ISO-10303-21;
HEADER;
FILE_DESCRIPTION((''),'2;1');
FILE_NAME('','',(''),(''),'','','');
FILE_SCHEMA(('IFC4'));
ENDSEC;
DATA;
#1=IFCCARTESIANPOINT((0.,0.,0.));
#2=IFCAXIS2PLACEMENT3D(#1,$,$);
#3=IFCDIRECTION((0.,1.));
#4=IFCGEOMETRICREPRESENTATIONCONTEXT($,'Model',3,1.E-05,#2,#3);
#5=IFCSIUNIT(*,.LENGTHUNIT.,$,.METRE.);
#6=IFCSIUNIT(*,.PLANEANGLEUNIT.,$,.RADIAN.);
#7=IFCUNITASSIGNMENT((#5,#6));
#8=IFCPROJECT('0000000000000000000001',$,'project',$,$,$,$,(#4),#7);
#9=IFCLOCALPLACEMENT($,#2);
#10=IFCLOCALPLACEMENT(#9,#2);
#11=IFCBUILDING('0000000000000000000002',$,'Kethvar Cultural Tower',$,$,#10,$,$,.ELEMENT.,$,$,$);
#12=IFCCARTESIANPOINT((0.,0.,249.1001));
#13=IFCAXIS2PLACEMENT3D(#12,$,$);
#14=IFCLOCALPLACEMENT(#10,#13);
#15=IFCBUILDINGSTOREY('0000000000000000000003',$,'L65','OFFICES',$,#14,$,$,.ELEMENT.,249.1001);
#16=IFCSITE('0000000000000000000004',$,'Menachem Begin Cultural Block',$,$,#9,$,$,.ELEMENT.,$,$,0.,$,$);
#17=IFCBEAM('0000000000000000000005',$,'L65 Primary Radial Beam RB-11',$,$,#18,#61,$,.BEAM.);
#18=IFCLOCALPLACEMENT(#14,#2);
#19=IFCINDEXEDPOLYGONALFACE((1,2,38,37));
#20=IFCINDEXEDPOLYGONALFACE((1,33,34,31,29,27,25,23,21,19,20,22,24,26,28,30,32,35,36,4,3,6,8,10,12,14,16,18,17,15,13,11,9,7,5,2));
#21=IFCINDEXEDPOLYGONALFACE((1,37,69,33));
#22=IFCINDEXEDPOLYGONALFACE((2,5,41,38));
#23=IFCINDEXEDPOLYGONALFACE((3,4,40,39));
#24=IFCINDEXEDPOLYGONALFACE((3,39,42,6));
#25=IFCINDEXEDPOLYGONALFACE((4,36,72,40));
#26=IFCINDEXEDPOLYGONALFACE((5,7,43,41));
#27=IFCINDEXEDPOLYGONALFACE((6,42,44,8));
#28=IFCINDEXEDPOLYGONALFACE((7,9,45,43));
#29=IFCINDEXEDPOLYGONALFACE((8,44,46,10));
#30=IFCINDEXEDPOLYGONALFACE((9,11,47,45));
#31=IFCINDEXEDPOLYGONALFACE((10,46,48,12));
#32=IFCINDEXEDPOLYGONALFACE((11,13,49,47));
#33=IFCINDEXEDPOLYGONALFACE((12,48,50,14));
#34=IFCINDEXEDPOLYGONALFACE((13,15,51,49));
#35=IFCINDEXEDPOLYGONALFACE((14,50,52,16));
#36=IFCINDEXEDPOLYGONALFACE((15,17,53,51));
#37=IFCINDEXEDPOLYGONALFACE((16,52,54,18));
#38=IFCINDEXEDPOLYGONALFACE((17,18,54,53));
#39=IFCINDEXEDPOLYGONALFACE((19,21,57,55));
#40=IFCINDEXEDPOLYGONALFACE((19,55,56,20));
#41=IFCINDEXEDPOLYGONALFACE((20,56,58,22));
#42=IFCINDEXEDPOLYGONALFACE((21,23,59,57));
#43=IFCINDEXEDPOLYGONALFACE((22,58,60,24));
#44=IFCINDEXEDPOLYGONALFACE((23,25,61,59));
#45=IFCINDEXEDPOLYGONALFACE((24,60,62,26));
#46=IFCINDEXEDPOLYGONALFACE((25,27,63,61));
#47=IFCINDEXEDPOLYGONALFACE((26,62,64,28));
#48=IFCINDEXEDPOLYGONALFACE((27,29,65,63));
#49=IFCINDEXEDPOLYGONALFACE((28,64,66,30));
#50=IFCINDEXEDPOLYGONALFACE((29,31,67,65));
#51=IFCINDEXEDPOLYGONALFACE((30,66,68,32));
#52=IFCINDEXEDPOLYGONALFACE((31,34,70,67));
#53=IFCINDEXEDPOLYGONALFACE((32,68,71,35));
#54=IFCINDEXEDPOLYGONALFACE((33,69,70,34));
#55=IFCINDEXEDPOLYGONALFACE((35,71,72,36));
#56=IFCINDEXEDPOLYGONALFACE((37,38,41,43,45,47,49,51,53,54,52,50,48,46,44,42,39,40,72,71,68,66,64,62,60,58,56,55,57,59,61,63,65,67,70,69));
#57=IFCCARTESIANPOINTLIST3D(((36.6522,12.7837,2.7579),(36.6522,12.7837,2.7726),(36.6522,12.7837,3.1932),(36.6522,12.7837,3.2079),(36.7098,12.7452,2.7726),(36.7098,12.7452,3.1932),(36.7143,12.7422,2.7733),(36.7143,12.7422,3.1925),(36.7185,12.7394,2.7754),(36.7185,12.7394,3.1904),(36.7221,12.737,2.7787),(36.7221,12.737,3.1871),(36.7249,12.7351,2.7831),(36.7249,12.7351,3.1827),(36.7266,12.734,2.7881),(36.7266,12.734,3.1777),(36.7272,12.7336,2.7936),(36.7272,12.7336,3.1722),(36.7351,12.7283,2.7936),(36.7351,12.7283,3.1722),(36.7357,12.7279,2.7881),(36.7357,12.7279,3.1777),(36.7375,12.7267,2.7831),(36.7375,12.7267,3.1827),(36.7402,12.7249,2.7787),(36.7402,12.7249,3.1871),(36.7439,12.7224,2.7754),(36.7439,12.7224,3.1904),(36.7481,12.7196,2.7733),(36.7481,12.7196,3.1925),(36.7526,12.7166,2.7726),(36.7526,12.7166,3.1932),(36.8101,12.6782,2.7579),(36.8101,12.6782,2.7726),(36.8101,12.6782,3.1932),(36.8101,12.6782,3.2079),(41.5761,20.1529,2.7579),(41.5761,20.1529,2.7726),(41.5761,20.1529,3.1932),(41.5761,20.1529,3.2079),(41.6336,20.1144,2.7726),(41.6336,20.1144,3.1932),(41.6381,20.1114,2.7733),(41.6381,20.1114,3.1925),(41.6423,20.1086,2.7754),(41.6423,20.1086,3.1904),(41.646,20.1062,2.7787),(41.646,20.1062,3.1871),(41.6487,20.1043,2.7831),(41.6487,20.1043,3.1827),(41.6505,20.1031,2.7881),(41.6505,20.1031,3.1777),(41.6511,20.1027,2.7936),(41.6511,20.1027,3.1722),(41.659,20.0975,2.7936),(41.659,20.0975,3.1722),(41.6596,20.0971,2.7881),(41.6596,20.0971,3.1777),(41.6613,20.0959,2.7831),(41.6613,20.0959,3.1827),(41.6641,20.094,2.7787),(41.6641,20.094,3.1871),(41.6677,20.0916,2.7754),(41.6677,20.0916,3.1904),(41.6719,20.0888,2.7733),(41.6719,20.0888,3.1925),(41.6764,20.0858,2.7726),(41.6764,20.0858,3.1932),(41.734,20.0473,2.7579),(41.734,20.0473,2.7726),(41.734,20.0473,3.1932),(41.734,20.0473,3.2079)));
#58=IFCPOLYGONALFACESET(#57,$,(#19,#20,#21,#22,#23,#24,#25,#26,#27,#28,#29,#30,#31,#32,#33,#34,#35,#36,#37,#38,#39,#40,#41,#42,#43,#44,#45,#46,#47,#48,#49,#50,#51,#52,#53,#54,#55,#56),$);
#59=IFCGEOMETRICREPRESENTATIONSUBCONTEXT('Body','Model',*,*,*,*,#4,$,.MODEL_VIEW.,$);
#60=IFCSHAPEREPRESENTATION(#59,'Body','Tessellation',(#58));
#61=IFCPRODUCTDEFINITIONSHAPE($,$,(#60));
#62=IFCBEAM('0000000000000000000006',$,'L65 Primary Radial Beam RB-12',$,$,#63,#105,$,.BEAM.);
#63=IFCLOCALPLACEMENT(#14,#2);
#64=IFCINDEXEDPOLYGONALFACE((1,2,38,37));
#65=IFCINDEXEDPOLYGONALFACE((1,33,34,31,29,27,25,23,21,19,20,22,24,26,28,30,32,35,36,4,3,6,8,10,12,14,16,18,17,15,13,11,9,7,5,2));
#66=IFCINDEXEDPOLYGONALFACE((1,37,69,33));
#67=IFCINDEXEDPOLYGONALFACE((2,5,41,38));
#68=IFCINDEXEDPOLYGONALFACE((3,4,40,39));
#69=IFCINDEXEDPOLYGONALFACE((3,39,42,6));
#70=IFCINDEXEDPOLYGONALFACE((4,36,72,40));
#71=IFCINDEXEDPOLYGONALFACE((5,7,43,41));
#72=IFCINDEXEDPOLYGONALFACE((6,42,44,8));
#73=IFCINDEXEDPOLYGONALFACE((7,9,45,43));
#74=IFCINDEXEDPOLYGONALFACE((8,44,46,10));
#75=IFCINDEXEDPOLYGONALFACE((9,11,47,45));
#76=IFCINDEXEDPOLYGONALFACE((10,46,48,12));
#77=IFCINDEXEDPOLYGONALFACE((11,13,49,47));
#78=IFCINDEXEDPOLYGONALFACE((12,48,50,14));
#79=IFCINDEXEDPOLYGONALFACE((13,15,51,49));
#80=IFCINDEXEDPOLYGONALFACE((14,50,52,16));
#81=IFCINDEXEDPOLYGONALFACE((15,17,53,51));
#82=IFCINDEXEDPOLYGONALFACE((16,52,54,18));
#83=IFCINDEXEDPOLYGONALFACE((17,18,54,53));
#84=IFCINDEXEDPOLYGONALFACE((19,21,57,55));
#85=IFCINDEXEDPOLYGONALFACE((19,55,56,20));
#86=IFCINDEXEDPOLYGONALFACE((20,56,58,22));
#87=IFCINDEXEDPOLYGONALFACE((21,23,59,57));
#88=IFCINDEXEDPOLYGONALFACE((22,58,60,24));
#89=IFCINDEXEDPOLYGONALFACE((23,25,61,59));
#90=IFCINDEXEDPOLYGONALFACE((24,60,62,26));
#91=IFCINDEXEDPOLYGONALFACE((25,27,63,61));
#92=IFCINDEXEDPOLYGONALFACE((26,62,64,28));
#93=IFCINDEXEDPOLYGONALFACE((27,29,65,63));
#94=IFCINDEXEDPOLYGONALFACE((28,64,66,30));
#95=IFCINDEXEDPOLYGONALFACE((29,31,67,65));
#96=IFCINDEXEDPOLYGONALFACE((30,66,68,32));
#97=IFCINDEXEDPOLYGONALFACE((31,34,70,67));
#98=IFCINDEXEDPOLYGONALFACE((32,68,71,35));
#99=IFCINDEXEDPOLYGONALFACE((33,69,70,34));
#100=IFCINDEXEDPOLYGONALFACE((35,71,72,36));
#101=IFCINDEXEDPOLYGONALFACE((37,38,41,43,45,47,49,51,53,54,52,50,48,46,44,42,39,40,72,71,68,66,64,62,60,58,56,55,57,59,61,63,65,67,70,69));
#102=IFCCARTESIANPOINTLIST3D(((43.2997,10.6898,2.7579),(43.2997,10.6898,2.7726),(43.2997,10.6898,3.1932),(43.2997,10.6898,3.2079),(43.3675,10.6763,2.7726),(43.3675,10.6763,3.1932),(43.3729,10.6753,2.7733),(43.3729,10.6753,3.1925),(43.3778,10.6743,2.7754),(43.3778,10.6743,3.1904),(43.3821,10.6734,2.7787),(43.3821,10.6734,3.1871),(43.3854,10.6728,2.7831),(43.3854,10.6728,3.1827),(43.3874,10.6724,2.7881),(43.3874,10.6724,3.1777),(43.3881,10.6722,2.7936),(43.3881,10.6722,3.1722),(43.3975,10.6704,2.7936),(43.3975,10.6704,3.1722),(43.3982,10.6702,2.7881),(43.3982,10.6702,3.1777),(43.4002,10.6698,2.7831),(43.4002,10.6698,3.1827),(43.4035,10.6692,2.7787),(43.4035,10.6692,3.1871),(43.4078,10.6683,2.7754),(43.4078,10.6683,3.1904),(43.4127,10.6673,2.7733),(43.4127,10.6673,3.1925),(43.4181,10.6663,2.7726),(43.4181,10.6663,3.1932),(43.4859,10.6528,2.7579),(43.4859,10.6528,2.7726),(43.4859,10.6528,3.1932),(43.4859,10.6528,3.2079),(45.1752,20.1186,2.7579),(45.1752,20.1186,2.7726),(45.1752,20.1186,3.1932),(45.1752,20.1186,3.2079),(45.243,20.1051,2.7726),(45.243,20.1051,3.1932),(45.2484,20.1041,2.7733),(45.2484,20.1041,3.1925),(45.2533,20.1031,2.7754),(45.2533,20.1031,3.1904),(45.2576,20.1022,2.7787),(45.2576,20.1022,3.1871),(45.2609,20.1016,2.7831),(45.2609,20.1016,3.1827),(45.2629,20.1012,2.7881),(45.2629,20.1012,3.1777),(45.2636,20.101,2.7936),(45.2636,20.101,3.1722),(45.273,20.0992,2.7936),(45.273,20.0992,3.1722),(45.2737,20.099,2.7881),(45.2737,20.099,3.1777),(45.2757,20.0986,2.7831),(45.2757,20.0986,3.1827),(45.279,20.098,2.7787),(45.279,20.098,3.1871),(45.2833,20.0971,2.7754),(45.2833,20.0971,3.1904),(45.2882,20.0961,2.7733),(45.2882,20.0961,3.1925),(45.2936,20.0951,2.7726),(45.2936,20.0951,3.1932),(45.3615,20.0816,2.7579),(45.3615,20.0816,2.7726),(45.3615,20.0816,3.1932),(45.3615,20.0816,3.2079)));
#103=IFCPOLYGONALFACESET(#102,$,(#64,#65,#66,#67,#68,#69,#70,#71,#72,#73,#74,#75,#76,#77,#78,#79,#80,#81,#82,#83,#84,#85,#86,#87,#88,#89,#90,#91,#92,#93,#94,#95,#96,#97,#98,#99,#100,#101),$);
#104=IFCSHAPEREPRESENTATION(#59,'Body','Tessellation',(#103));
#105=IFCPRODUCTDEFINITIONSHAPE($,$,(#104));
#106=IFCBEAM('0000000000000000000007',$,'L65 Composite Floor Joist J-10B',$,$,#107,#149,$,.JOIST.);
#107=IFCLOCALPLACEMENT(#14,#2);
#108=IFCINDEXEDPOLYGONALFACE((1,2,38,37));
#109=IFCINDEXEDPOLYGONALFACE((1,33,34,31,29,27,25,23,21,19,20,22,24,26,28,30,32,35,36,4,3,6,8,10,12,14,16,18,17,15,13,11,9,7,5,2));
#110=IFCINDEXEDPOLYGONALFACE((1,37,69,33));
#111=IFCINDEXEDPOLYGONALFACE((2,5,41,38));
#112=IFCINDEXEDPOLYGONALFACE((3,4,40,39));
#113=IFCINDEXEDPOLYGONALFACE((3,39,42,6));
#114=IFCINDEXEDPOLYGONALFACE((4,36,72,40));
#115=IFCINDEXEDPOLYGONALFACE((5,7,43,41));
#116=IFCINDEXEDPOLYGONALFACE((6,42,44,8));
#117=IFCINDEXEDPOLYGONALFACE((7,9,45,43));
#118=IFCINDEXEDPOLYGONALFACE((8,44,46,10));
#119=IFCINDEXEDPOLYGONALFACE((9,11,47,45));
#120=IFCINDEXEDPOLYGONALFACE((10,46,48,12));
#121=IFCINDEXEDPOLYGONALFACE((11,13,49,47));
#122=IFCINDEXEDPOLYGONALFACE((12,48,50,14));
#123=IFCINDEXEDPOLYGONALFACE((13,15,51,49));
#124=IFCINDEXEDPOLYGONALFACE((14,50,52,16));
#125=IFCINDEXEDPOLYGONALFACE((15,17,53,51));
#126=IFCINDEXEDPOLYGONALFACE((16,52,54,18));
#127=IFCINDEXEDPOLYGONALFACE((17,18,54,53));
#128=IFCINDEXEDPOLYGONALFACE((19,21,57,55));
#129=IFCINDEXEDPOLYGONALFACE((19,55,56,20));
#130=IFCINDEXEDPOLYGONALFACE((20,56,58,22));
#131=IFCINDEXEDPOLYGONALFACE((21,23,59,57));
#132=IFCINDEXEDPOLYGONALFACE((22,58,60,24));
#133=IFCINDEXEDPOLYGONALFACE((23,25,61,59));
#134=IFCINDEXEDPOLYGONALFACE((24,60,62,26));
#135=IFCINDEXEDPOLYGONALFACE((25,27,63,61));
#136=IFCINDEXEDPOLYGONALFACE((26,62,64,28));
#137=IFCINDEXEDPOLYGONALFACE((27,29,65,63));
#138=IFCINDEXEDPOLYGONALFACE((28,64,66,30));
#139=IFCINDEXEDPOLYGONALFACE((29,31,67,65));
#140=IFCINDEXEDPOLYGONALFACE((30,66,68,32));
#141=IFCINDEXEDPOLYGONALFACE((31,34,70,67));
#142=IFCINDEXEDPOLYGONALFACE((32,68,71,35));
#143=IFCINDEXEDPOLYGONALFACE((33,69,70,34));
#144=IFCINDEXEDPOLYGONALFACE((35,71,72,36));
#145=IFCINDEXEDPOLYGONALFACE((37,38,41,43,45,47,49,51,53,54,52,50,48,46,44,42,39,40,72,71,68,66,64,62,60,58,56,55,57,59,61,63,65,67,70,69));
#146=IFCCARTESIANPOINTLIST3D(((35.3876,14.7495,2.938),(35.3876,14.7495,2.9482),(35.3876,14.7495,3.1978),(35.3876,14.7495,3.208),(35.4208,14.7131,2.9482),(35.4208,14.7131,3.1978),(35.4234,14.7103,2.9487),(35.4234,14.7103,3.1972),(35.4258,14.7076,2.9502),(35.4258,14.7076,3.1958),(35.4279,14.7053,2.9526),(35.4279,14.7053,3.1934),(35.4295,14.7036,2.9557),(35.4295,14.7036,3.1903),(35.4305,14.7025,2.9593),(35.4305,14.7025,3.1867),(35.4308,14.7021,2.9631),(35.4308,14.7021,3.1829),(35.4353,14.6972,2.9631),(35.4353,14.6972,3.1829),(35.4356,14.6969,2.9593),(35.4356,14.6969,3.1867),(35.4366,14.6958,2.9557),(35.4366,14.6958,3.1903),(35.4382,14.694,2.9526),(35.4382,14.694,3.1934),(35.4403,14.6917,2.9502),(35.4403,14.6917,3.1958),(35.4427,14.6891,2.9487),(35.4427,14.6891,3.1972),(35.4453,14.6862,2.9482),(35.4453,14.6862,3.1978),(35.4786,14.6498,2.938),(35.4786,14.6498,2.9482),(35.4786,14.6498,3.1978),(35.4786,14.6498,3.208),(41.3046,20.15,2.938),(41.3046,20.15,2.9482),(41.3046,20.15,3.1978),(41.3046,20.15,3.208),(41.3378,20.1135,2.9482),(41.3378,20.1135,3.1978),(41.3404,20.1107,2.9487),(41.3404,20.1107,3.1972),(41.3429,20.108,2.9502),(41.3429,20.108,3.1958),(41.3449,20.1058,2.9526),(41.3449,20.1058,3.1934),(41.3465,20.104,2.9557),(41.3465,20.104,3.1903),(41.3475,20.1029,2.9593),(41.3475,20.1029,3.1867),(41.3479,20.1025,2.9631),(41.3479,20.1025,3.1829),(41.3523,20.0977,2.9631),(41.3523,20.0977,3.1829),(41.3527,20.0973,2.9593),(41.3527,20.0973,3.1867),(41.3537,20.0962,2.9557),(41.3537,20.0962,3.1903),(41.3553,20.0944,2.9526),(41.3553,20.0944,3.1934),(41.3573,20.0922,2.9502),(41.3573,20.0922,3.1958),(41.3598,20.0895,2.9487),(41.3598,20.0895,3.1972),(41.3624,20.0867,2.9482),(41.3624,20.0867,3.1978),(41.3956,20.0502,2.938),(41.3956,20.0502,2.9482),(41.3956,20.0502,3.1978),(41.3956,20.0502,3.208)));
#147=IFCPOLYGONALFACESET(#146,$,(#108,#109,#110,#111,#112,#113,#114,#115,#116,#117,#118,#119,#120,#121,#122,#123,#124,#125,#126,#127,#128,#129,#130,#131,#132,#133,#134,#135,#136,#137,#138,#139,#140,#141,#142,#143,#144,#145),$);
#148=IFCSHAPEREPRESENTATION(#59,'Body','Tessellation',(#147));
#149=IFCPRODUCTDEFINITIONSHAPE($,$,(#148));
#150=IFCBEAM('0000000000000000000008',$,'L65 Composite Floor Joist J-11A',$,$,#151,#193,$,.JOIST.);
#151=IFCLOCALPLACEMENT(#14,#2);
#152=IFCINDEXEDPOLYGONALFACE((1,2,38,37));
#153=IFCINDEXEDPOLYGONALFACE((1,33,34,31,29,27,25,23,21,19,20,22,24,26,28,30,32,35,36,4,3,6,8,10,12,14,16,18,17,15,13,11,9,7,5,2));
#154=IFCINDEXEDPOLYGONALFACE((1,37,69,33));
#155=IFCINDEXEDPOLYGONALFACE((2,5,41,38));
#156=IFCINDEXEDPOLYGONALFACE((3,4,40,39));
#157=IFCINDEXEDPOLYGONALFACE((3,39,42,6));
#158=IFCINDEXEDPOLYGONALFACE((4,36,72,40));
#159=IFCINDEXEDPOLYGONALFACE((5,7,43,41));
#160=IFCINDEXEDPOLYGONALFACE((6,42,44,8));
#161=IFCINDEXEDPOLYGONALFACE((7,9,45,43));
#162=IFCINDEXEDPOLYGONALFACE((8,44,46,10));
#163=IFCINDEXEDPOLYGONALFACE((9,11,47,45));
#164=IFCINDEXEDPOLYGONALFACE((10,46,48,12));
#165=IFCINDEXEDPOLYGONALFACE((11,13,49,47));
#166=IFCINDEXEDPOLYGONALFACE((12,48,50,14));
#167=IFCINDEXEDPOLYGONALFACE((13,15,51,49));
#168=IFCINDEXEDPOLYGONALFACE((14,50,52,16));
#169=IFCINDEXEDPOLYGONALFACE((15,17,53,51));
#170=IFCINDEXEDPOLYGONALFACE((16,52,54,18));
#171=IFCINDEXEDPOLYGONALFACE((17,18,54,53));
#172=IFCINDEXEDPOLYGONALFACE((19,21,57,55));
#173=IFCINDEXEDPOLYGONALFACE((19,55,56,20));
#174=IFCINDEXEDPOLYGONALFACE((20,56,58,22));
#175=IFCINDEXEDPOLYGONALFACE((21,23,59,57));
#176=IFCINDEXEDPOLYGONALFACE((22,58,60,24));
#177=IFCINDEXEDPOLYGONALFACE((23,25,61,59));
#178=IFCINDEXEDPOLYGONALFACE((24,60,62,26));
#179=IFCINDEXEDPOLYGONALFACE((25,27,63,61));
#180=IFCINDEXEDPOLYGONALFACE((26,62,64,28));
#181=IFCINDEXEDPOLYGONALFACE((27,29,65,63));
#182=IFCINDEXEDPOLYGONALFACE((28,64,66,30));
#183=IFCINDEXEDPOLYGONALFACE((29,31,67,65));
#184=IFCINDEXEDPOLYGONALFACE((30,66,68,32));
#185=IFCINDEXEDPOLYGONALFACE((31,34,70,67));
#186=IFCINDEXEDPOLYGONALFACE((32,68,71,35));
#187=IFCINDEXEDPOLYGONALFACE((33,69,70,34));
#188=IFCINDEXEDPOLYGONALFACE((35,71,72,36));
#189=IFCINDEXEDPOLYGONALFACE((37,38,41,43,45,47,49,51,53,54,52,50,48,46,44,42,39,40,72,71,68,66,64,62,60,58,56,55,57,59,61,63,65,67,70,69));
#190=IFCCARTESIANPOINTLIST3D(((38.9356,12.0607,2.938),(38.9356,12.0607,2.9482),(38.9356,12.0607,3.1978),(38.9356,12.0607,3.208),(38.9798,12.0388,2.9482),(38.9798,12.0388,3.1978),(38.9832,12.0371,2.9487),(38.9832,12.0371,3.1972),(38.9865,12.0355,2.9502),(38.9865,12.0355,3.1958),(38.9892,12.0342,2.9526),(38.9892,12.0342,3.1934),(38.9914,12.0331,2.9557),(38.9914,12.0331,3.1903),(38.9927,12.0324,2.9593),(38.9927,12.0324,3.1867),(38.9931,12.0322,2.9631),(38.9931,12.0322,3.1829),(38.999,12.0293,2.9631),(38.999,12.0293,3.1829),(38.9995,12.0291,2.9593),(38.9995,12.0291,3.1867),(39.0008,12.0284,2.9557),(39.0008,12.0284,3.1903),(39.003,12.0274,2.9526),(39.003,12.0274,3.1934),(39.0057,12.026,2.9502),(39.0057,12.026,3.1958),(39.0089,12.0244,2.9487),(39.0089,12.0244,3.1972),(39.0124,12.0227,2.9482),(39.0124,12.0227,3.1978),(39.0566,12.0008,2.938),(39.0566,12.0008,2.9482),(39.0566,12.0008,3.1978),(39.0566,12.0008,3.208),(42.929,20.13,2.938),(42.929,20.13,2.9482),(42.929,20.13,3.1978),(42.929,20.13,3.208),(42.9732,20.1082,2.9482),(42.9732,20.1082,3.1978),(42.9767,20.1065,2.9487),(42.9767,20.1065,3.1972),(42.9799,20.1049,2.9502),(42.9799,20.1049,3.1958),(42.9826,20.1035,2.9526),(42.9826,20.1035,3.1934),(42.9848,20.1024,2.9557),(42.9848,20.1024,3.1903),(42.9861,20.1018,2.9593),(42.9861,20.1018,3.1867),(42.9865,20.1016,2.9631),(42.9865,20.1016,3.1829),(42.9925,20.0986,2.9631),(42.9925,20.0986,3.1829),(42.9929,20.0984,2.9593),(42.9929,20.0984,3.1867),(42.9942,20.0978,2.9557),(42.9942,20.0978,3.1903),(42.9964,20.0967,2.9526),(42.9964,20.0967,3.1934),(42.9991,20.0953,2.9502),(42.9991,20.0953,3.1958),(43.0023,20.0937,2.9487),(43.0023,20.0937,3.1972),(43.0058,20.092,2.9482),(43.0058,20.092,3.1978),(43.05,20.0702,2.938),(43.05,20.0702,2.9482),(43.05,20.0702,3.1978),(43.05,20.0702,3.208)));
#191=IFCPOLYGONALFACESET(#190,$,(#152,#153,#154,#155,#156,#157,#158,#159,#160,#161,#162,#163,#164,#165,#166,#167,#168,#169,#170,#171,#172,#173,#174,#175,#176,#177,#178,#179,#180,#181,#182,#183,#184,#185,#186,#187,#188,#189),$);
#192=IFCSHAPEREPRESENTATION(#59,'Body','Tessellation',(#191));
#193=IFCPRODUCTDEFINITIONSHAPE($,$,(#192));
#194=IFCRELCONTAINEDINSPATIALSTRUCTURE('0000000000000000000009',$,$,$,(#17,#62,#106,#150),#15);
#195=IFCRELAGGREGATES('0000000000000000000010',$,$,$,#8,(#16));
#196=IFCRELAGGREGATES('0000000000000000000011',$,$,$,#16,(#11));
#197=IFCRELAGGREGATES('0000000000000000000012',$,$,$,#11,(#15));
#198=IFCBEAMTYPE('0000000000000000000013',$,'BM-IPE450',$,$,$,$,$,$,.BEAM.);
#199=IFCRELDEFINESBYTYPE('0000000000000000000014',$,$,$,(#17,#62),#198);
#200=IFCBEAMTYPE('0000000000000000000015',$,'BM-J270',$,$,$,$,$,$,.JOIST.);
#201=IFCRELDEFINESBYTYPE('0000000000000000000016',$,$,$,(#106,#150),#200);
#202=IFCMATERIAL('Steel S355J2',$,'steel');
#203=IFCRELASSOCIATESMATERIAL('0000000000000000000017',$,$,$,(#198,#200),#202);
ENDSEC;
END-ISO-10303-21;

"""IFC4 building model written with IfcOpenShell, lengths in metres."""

from ifc_helpers import new_model, si_unit, direction, frame, origin, origin_2d, place, context, subcontext, project, spatial, i_section, extrude, source, transform, mapped, material, material_profile, profile_set, type_object, element, save


model = new_model("IFC4")

# Units and contexts
model_context = context("Model", 3, precision=1e-05, world=origin(), true_north=direction((0.0, 1.0)))
body_context = subcontext(model_context, "Body", "Model", "MODEL_VIEW")
ifc_project = project(units=[si_unit("LENGTHUNIT", "METRE"), si_unit("PLANEANGLEUNIT", "RADIAN")], contexts=[model_context])

# Site, building, storey
site_placement = place(None, origin())
site = spatial("IfcSite", under=ifc_project, at=site_placement, Name="Menachem Begin Cultural Block", CompositionType="ELEMENT", RefElevation=0.0)
building_placement = place(site_placement, origin())
building = spatial("IfcBuilding", under=site, at=building_placement, Name="Kethvar Cultural Tower", CompositionType="ELEMENT")
storey_placement = place(building_placement, frame((0.0, 0.0, 249.1001)))
storey = spatial("IfcBuildingStorey", under=building, at=storey_placement, Name="L65", Description="OFFICES", CompositionType="ELEMENT", Elevation=249.1001)

# Beams
ifc_material_1 = material(Name="Steel S355J2", Category="steel")
ifc_material_profile_1 = material_profile(ifc_material_1, i_section(OverallWidth=0.1899, OverallDepth=0.45, WebThickness=0.0095, FlangeThickness=0.0146, FilletRadius=0.021, at=origin_2d()), Name="Steel S355J2 — IPE450")
ifc_profile_set_1 = profile_set([ifc_material_profile_1], Name="Steel S355J2 — IPE450")
beam_type_1 = type_object("IfcBeamType", Name="BM-IPE450", PredefinedType="BEAM", material=ifc_profile_set_1)
shared_shape_1 = source(origin(), body_context, "Body", "SweptSolid", [
    extrude(i_section(OverallWidth=0.1899, OverallDepth=0.45, WebThickness=0.0095, FlangeThickness=0.0146, FilletRadius=0.021, at=origin_2d()), origin(), (0.0, 0.0, 1.0), 8.8628),
])
beam_1_placement = place(storey_placement, frame((41.655, 20.1001, 2.9829), z_axis=(-0.555564, -0.831473, 0.0), x_axis=(0.831473, -0.555564, 0.0)))
element("IfcBeam", 1, at=beam_1_placement, inside=storey, type_object=beam_type_1, Name="L65 Primary Radial Beam RB-11", PredefinedType="BEAM", context=body_context, shape_type="MappedRepresentation", body=[
    mapped(shared_shape_1, transform((0.0, 0.0, 0.0), scale=1.0)),
])
shared_shape_2 = source(origin(), body_context, "Body", "SweptSolid", [
    extrude(i_section(OverallWidth=0.1899, OverallDepth=0.45, WebThickness=0.0095, FlangeThickness=0.0146, FilletRadius=0.021, at=origin_2d()), origin(), (0.0, 0.0, 1.0), 9.6135),
])
beam_2_placement = place(storey_placement, frame((45.2683, 20.1001, 2.9829), z_axis=(-0.19509, -0.980785, 0.0), x_axis=(0.980785, -0.19509, 0.0)))
element("IfcBeam", 2, at=beam_2_placement, inside=storey, type_object=beam_type_1, Name="L65 Primary Radial Beam RB-12", PredefinedType="BEAM", context=body_context, shape_type="MappedRepresentation", body=[
    mapped(shared_shape_2, transform((0.0, 0.0, 0.0), scale=1.0)),
])
ifc_material_profile_2 = material_profile(ifc_material_1, i_section(OverallWidth=0.135, OverallDepth=0.27, WebThickness=0.0066, FlangeThickness=0.0103, FilletRadius=0.0149, at=origin_2d()), Name="Steel S355J2 — IPE270")
ifc_profile_set_2 = profile_set([ifc_material_profile_2], Name="Steel S355J2 — IPE270")
beam_type_2 = type_object("IfcBeamType", Name="BM-J270", PredefinedType="JOIST", material=ifc_profile_set_2)
shared_shape_3 = source(origin(), body_context, "Body", "SweptSolid", [
    extrude(i_section(OverallWidth=0.135, OverallDepth=0.27, WebThickness=0.0066, FlangeThickness=0.0103, FilletRadius=0.0149, at=origin_2d()), origin(), (0.0, 0.0, 1.0), 8.011),
])
beam_3_placement = place(storey_placement, frame((41.3501, 20.1001, 3.073), z_axis=(-0.738615, -0.674128, 0.0), x_axis=(0.674128, -0.738615, 0.0)))
element("IfcBeam", 3, at=beam_3_placement, inside=storey, type_object=beam_type_2, Name="L65 Composite Floor Joist J-10B", PredefinedType="JOIST", context=body_context, shape_type="MappedRepresentation", body=[
    mapped(shared_shape_3, transform((0.0, 0.0, 0.0), scale=1.0)),
])
shared_shape_4 = source(origin(), body_context, "Body", "SweptSolid", [
    extrude(i_section(OverallWidth=0.135, OverallDepth=0.27, WebThickness=0.0066, FlangeThickness=0.0103, FilletRadius=0.0149, at=origin_2d()), origin(), (0.0, 0.0, 1.0), 9.0034),
])
beam_4_placement = place(storey_placement, frame((42.9895, 20.1001, 3.073), z_axis=(-0.443544, -0.896253, 0.0), x_axis=(0.896253, -0.443544, 0.0)))
element("IfcBeam", 4, at=beam_4_placement, inside=storey, type_object=beam_type_2, Name="L65 Composite Floor Joist J-11A", PredefinedType="JOIST", context=body_context, shape_type="MappedRepresentation", body=[
    mapped(shared_shape_4, transform((0.0, 0.0, 0.0), scale=1.0)),
])

save(model, "model.ifc")
